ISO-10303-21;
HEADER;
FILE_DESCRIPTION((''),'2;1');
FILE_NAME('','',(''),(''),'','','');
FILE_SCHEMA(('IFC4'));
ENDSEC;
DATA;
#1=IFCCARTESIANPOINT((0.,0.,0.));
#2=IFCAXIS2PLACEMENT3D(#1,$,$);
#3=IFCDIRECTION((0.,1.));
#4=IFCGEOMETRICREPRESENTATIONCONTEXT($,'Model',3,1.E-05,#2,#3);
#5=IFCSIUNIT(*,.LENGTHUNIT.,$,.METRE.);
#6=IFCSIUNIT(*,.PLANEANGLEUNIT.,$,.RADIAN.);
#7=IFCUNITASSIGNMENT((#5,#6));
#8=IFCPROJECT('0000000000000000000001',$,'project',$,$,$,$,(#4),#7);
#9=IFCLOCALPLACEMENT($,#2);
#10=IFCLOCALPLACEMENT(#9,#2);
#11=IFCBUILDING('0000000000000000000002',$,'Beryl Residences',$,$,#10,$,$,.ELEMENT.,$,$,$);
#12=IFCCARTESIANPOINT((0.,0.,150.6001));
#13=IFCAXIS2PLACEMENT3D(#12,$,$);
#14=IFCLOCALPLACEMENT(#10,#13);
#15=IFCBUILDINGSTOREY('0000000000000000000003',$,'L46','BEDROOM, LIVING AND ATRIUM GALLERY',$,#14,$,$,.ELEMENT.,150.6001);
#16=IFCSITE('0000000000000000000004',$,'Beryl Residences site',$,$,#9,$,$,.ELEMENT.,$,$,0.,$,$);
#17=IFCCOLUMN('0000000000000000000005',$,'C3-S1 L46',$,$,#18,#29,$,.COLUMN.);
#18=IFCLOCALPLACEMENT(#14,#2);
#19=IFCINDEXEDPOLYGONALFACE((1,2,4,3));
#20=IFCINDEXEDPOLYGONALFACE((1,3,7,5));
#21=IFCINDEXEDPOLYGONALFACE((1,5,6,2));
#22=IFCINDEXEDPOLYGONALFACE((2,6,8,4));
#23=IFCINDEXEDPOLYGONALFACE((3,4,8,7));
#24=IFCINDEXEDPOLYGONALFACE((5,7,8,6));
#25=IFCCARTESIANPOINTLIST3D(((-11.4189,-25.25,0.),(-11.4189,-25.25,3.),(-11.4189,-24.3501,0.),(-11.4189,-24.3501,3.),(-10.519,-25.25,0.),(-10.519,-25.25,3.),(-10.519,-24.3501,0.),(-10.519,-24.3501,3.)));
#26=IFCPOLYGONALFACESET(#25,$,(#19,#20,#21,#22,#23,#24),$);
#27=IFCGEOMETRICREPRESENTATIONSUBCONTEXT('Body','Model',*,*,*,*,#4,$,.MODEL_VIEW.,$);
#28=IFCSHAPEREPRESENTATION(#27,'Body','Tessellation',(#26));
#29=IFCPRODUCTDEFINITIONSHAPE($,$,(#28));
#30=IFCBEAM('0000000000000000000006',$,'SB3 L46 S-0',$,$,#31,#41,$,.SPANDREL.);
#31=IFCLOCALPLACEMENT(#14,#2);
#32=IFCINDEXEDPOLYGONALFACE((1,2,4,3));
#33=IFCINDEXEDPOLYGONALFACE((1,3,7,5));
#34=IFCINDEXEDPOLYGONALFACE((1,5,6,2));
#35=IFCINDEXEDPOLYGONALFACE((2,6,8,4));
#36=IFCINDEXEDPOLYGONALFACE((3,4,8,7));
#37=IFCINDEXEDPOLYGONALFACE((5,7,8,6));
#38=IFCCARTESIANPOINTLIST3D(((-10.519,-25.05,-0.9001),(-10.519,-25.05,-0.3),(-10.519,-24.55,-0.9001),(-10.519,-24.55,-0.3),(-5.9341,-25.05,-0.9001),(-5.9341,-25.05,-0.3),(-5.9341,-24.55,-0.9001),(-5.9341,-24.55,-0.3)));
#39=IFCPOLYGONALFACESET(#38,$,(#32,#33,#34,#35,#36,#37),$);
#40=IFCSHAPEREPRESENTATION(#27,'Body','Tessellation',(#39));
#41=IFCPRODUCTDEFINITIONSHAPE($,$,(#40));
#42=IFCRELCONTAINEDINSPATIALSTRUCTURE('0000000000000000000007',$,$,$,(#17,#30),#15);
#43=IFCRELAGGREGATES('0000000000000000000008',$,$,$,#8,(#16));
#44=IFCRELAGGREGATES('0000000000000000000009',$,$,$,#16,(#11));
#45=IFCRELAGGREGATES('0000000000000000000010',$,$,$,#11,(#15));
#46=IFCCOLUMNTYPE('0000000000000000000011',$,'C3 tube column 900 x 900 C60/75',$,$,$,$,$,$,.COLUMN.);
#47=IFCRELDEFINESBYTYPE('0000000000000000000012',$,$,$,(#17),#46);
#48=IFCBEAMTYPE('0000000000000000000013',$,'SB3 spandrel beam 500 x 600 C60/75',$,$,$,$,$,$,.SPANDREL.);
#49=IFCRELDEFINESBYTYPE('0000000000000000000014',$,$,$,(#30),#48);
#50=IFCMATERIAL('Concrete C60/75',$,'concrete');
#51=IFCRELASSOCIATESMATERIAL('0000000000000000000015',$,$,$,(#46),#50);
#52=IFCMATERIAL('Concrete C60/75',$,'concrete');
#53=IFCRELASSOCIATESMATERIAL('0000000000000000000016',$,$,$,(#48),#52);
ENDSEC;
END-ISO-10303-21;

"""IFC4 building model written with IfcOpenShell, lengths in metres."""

from ifc_helpers import new_model, si_unit, direction, frame, origin, origin_2d, place, context, subcontext, project, spatial, rectangle, extrude, material, material_profile, profile_set, type_object, element, save


model = new_model("IFC4")

# Units and contexts
model_context = context("Model", 3, precision=1e-05, world=origin(), true_north=direction((0.0, 1.0)))
body_context = subcontext(model_context, "Body", "Model", "MODEL_VIEW")
ifc_project = project(units=[si_unit("LENGTHUNIT", "METRE"), si_unit("PLANEANGLEUNIT", "RADIAN")], contexts=[model_context])

# Site, building, storey
site_placement = place(None, origin())
site = spatial("IfcSite", under=ifc_project, at=site_placement, Name="Beryl Residences site", CompositionType="ELEMENT", RefElevation=0.0)
building_placement = place(site_placement, origin())
building = spatial("IfcBuilding", under=site, at=building_placement, Name="Beryl Residences", CompositionType="ELEMENT")
storey_placement = place(building_placement, frame((0.0, 0.0, 150.6001)))
storey = spatial("IfcBuildingStorey", under=building, at=storey_placement, Name="L46", Description="BEDROOM, LIVING AND ATRIUM GALLERY", CompositionType="ELEMENT", Elevation=150.6001)

# Column
ifc_material_1 = material(Name="Concrete C60/75", Category="concrete")
ifc_material_profile_1 = material_profile(ifc_material_1, rectangle(XDim=0.8999, YDim=0.8999, at=origin_2d()))
ifc_profile_set_1 = profile_set([ifc_material_profile_1], Name="Concrete C60/75")
column_type = type_object("IfcColumnType", Name="C3 tube column 900 x 900 C60/75", PredefinedType="COLUMN", material=ifc_profile_set_1)
column_placement = place(storey_placement, frame((-10.969, -24.8, 0.0), z_axis=(0.0, 0.0, 1.0), x_axis=(1.0, 0.0, 0.0)))
element("IfcColumn", 1, at=column_placement, inside=storey, type_object=column_type, Name="C3-S1 L46", PredefinedType="COLUMN", context=body_context, shape_type="SweptSolid", body=[
    extrude(rectangle(XDim=0.8999, YDim=0.8999, at=origin_2d()), origin(), (0.0, 0.0, 1.0), 3.0),
])

# Beam
ifc_material_2 = material(Name="Concrete C60/75", Category="concrete")
ifc_material_profile_2 = material_profile(ifc_material_2, rectangle(XDim=0.5, YDim=0.6001, at=origin_2d()))
ifc_profile_set_2 = profile_set([ifc_material_profile_2], Name="Concrete C60/75")
beam_type = type_object("IfcBeamType", Name="SB3 spandrel beam 500 x 600 C60/75", PredefinedType="SPANDREL", material=ifc_profile_set_2)
beam_placement = place(storey_placement, frame((-10.519, -24.8, -0.6001), z_axis=(1.0, 0.0, 0.0), x_axis=(0.0, 1.0, 0.0)))
element("IfcBeam", 2, at=beam_placement, inside=storey, type_object=beam_type, Name="SB3 L46 S-0", PredefinedType="SPANDREL", context=body_context, shape_type="SweptSolid", body=[
    extrude(rectangle(XDim=0.5, YDim=0.6001, at=origin_2d()), origin(), (0.0, 0.0, 1.0), 4.585),
])

save(model, "model.ifc")
